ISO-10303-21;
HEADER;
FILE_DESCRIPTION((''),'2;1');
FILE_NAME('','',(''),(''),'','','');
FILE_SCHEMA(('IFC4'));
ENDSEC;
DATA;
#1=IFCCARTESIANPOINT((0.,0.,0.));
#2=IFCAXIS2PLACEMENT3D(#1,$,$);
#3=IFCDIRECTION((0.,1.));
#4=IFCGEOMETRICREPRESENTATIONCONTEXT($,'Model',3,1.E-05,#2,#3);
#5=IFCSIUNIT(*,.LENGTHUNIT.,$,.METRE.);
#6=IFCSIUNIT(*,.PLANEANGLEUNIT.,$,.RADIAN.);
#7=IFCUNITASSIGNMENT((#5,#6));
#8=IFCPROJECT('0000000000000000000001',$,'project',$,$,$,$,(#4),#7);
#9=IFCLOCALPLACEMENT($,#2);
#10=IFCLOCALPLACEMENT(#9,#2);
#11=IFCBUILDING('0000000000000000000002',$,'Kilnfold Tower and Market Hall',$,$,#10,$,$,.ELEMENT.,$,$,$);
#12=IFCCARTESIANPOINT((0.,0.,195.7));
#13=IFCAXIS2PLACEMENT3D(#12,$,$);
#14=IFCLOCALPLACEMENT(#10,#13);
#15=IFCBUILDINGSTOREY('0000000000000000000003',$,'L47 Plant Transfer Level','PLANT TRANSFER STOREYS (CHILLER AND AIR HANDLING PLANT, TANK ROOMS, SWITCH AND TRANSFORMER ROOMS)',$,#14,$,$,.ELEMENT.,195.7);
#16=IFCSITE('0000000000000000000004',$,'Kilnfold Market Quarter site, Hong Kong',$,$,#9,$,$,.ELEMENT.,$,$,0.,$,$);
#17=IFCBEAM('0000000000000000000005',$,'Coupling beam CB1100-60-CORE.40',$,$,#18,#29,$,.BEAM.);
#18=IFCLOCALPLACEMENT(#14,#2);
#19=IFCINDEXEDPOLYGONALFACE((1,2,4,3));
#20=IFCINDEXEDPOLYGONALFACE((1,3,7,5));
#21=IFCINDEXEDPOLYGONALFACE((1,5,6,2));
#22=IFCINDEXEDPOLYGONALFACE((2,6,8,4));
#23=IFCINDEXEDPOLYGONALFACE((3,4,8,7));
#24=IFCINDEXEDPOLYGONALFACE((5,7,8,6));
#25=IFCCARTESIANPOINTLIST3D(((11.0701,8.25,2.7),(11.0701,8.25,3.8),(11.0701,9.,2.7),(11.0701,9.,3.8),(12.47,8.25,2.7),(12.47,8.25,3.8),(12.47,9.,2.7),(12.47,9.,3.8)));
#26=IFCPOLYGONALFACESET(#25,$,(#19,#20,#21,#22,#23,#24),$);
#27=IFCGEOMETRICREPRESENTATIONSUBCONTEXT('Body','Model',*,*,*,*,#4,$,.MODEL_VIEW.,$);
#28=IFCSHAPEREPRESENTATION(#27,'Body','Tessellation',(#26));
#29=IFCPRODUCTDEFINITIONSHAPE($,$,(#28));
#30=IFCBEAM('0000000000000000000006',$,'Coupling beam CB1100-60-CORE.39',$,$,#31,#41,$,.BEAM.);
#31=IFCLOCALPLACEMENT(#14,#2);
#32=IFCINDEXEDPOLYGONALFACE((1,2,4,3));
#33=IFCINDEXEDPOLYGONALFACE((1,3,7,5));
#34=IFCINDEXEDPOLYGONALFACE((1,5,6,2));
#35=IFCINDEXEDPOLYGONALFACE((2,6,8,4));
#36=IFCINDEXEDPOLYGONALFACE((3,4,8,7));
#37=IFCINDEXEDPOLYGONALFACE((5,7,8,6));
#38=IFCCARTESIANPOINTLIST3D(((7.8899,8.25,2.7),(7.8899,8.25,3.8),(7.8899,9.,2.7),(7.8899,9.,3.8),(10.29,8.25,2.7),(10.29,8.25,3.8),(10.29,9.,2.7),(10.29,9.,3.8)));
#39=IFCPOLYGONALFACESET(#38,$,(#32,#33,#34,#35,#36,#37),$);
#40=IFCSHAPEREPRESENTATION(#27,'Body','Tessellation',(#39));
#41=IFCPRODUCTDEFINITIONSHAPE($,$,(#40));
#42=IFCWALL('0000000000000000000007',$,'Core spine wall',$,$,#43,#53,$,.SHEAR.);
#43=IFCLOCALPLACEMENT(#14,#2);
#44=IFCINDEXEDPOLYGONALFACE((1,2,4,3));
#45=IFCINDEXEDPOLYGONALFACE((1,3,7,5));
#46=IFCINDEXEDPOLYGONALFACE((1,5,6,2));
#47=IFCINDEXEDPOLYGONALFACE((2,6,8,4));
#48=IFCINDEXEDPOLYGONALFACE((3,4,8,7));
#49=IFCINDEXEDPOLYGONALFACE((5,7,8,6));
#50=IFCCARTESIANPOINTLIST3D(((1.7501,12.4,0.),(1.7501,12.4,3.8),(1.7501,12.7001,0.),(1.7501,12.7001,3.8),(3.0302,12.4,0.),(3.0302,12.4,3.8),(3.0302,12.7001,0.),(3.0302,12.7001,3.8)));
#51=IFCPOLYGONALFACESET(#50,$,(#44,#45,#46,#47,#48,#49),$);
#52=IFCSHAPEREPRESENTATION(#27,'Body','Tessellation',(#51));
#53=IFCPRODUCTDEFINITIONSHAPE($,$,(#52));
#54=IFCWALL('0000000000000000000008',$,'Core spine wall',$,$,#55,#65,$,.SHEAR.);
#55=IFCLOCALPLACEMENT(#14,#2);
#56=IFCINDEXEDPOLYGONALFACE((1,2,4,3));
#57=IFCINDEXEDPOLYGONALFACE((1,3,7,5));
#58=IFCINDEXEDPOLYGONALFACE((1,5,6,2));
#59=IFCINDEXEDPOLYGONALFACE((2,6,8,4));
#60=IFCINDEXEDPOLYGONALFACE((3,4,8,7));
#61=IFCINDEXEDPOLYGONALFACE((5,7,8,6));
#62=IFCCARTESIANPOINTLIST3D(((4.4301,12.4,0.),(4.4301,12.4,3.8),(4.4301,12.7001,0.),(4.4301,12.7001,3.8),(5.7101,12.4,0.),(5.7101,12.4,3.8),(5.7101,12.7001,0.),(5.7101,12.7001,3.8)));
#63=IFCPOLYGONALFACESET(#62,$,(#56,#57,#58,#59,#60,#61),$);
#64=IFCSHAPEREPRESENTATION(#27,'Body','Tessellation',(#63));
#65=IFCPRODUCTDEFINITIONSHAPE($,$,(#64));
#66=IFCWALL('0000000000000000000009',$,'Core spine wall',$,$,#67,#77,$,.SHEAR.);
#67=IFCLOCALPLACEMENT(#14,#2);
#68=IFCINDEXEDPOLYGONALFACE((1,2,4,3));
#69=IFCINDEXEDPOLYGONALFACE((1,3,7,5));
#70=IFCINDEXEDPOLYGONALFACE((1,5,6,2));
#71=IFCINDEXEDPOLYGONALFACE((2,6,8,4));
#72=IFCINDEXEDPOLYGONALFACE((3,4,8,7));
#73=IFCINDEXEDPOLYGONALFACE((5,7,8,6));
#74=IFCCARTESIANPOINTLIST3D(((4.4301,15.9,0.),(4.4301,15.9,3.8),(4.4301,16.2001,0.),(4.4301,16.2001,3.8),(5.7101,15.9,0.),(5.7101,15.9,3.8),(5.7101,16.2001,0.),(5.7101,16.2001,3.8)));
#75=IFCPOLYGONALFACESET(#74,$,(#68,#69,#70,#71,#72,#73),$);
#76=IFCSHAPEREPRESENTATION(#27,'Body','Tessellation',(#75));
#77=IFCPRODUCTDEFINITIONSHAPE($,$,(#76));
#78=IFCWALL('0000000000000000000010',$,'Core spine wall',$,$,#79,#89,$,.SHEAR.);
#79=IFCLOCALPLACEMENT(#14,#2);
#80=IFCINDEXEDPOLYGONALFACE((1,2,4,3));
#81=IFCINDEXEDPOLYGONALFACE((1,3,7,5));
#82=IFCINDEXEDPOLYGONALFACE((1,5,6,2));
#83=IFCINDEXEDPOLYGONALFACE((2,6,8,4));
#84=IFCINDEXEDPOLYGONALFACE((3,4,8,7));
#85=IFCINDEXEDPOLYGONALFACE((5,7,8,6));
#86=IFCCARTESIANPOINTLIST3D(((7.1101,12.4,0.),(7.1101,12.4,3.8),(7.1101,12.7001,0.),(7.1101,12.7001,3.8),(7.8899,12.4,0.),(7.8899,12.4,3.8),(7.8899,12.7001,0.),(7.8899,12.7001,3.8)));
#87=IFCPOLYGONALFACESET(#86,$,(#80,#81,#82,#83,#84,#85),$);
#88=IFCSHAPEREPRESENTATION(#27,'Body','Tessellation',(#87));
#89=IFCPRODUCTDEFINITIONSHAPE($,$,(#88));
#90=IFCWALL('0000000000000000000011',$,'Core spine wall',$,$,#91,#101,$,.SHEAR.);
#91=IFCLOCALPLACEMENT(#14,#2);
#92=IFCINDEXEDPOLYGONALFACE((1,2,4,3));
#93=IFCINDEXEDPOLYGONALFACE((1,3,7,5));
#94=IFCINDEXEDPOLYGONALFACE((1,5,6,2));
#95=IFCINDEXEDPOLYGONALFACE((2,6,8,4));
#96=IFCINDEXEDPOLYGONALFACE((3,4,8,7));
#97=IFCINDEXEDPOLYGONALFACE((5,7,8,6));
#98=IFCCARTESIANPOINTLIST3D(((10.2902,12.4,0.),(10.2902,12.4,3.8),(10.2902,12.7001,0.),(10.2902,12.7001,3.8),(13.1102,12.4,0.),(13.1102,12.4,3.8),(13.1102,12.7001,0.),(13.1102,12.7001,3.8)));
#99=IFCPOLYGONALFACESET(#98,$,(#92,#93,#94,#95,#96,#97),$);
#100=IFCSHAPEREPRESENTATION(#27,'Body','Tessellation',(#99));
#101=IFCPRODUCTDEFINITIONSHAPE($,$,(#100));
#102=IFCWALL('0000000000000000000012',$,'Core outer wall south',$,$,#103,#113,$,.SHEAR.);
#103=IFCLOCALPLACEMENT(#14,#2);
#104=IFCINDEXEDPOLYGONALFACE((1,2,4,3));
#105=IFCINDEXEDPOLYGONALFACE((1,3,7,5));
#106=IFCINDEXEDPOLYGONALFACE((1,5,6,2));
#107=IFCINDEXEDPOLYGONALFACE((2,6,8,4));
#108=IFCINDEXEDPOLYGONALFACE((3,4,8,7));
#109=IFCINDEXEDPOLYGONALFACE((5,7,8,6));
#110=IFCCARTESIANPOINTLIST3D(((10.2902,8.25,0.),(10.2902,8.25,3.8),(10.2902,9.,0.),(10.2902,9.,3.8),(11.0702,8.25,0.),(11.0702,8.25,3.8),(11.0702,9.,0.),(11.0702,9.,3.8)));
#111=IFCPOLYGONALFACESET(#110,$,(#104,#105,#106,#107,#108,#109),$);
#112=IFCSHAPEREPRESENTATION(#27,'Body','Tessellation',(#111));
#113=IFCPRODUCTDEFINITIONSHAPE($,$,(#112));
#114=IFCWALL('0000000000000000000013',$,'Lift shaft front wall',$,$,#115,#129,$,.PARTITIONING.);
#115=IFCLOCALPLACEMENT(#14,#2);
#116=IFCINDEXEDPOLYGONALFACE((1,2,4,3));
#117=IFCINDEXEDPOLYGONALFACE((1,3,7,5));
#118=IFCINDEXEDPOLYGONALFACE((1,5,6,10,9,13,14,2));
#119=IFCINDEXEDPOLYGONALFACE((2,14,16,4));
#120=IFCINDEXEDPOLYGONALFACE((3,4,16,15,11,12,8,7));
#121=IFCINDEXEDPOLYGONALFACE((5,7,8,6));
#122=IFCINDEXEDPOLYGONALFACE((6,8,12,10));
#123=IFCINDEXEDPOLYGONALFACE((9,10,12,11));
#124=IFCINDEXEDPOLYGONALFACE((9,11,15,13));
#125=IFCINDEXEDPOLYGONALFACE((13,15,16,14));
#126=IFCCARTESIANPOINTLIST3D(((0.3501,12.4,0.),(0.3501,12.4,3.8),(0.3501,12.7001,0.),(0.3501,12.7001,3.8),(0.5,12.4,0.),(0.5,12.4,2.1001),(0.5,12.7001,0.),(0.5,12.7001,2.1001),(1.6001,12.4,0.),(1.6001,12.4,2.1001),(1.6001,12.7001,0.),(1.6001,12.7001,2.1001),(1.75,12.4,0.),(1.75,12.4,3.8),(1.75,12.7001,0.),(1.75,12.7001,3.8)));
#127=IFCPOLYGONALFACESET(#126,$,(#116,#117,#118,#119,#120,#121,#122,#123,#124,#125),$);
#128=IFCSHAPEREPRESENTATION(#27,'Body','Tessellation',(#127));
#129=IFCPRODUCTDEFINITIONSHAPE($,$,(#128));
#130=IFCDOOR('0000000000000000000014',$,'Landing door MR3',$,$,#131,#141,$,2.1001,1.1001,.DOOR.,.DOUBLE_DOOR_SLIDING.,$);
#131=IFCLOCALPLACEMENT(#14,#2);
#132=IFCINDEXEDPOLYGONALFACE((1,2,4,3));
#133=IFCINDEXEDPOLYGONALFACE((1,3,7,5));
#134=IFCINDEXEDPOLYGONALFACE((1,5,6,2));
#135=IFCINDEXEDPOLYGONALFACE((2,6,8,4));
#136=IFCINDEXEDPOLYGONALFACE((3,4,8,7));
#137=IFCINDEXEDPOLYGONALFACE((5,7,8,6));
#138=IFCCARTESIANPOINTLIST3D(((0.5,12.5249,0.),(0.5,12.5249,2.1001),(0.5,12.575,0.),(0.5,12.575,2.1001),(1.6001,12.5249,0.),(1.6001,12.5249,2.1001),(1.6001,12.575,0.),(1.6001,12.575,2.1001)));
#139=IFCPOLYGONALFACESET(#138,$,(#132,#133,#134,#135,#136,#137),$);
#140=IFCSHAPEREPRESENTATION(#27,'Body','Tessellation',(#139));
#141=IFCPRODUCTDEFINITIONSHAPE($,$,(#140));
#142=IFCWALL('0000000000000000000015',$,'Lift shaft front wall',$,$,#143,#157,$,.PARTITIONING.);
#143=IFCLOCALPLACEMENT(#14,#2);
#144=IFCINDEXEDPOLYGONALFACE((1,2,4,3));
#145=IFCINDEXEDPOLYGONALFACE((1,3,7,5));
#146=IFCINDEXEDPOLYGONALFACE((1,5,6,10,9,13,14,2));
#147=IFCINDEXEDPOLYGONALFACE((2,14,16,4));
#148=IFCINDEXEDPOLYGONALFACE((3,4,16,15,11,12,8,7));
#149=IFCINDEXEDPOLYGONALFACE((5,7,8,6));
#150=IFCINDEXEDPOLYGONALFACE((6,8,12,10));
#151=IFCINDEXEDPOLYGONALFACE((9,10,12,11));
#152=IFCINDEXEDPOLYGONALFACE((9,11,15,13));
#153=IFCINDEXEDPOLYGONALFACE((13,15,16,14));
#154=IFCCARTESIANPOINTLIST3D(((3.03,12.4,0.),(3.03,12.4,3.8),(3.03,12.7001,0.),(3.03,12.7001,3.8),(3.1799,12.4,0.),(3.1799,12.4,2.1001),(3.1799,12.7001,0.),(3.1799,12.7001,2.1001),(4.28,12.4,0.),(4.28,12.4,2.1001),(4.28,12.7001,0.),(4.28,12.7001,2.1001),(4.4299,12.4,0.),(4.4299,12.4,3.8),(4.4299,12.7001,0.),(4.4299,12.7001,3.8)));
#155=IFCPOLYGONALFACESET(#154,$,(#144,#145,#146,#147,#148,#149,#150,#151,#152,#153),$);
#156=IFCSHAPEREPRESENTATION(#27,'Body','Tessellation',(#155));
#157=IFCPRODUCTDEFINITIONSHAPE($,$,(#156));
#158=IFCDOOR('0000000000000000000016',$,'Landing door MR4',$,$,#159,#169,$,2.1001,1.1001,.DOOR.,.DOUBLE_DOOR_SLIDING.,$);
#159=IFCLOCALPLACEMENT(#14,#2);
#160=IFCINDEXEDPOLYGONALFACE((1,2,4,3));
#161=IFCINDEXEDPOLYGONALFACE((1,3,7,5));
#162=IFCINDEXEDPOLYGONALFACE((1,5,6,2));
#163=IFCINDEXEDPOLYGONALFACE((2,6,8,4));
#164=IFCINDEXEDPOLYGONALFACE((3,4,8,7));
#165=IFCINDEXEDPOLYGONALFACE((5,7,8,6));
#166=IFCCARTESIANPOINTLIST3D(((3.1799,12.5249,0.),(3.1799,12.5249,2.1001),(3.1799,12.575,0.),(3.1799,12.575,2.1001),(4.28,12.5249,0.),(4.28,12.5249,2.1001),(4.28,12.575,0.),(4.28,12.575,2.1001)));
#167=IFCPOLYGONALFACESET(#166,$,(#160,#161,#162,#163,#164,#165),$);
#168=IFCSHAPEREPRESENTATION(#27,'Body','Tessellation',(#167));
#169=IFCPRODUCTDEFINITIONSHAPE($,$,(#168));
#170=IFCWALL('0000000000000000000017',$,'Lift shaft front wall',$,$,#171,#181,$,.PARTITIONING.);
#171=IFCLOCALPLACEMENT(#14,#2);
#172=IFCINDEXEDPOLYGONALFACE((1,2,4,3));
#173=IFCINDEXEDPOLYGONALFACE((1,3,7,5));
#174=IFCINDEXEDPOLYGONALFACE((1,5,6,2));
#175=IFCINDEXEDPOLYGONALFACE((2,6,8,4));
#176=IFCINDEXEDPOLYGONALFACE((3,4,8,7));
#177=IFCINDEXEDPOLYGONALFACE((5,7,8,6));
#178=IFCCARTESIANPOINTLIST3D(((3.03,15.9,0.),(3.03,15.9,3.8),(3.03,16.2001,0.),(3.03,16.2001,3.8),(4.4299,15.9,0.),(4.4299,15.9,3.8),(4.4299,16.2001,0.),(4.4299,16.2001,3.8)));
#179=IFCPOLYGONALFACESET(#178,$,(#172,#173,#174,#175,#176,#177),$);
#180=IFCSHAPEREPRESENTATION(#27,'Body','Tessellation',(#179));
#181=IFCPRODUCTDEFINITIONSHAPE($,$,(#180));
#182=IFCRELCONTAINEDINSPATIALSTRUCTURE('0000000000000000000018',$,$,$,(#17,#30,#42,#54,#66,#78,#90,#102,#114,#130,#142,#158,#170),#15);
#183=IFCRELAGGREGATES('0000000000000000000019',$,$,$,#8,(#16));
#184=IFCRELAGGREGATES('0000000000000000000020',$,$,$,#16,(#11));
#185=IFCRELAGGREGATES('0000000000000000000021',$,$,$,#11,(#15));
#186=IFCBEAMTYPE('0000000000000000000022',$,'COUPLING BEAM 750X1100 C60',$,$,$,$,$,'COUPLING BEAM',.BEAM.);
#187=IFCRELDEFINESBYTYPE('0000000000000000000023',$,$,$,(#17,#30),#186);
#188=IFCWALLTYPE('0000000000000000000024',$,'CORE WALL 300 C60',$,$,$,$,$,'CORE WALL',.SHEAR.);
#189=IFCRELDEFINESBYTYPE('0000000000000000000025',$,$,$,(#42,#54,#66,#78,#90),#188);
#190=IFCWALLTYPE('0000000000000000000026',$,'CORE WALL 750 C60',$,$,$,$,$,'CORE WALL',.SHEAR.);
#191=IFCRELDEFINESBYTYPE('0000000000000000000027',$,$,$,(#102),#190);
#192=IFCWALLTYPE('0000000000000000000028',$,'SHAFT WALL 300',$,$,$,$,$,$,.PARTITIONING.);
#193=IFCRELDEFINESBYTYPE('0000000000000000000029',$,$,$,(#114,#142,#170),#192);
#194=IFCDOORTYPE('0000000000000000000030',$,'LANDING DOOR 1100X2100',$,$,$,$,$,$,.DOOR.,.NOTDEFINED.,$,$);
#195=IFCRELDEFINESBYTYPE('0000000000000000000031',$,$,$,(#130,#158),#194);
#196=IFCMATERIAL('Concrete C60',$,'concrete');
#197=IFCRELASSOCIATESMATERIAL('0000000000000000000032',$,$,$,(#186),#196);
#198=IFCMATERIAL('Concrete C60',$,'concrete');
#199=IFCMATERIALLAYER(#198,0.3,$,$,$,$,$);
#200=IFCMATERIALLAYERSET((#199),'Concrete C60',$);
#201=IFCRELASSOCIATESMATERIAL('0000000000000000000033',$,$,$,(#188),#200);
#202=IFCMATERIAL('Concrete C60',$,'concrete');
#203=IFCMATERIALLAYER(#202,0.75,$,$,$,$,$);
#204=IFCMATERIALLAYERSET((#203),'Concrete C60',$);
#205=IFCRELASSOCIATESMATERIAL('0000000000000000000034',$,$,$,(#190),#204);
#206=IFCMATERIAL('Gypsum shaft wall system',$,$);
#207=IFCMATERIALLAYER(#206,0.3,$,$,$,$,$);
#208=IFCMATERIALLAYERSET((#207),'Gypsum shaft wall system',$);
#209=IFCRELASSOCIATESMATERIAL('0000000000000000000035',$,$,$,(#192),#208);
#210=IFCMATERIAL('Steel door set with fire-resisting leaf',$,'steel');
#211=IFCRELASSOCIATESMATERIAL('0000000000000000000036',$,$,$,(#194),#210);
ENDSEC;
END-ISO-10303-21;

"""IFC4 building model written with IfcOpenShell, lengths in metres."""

from ifc_helpers import new_model, si_unit, direction, frame, frame_2d, origin, origin_2d, place, context, subcontext, project, spatial, rectangle, extrude, source, transform, mapped, material, layer, layer_set, material_profile, profile_set, type_object, element, fill, save


model = new_model("IFC4")

# Units and contexts
model_context = context("Model", 3, precision=1e-05, world=origin(), true_north=direction((0.0, 1.0)))
body_context = subcontext(model_context, "Body", "Model", "MODEL_VIEW")
ifc_project = project(units=[si_unit("LENGTHUNIT", "METRE"), si_unit("PLANEANGLEUNIT", "RADIAN")], contexts=[model_context])

# Site, building, storey
site_placement = place(None, origin())
site = spatial("IfcSite", under=ifc_project, at=site_placement, Name="Kilnfold Market Quarter site, Hong Kong", CompositionType="ELEMENT", RefElevation=0.0)
building_placement = place(site_placement, origin())
building = spatial("IfcBuilding", under=site, at=building_placement, Name="Kilnfold Tower and Market Hall", CompositionType="ELEMENT")
storey_placement = place(building_placement, frame((0.0, 0.0, 195.7)))
storey = spatial("IfcBuildingStorey", under=building, at=storey_placement, Name="L47 Plant Transfer Level", Description="PLANT TRANSFER STOREYS (CHILLER AND AIR HANDLING PLANT, TANK ROOMS, SWITCH AND TRANSFORMER ROOMS)", CompositionType="ELEMENT", Elevation=195.7)

# Beams
ifc_material_1 = material(Name="Concrete C60", Category="concrete")
ifc_material_profile = material_profile(ifc_material_1, rectangle(XDim=0.75, YDim=1.1001, at=origin_2d()), Name="RC 750x1100")
ifc_profile_set = profile_set([ifc_material_profile], Name="Concrete C60")
beam_type = type_object("IfcBeamType", Name="COUPLING BEAM 750X1100 C60", ElementType="COUPLING BEAM", PredefinedType="BEAM", material=ifc_profile_set)
shared_shape_1 = source(origin(), body_context, "Body", "SweptSolid", [
    extrude(rectangle(XDim=0.75, YDim=1.1001, at=origin_2d()), origin(), (0.0, 0.0, 1.0), 1.3999),
])
beam_1_placement = place(storey_placement, frame((11.0701, 8.625, 3.25), z_axis=(1.0, 0.0, 0.0), x_axis=(0.0, 1.0, 0.0)))
element("IfcBeam", 1, at=beam_1_placement, inside=storey, type_object=beam_type, Name="Coupling beam CB1100-60-CORE.40", PredefinedType="BEAM", context=body_context, shape_type="MappedRepresentation", body=[
    mapped(shared_shape_1, transform((0.0, 0.0, 0.0))),
])
shared_shape_2 = source(origin(), body_context, "Body", "SweptSolid", [
    extrude(rectangle(XDim=0.75, YDim=1.1001, at=origin_2d()), origin(), (0.0, 0.0, 1.0), 2.4001),
])
beam_2_placement = place(storey_placement, frame((7.8899, 8.625, 3.25), z_axis=(1.0, 0.0, 0.0), x_axis=(0.0, 1.0, 0.0)))
element("IfcBeam", 2, at=beam_2_placement, inside=storey, type_object=beam_type, Name="Coupling beam CB1100-60-CORE.39", PredefinedType="BEAM", context=body_context, shape_type="MappedRepresentation", body=[
    mapped(shared_shape_2, transform((0.0, 0.0, 0.0))),
])

# Walls
ifc_material_2 = material(Name="Concrete C60", Category="concrete")
ifc_layer_1 = layer(ifc_material_2, 0.3)
ifc_layer_set_1 = layer_set([ifc_layer_1], Name="Concrete C60")
wall_type_1 = type_object("IfcWallType", Name="CORE WALL 300 C60", ElementType="CORE WALL", PredefinedType="SHEAR", material=ifc_layer_set_1)
shared_shape_3 = source(origin(), body_context, "Body", "SweptSolid", [
    extrude(rectangle(XDim=1.28, YDim=0.3, at=frame_2d((0.6401, 0.0))), origin(), (0.0, 0.0, 1.0), 3.8),
])
for number, where, z_axis, x_axis, name in (
    (3, (1.75, 12.55, 0.0), (0.0, 0.0, 1.0), (1.0, 0.0, 0.0), "Core spine wall"),
    (4, (4.4299, 12.55, 0.0), (0.0, 0.0, 1.0), (1.0, 0.0, 0.0), "Core spine wall"),
    (5, (4.4299, 16.05, 0.0), (0.0, 0.0, 1.0), (1.0, 0.0, 0.0), "Core spine wall"),
):
    element("IfcWall", number, at=place(storey_placement, frame(where, z_axis=z_axis, x_axis=x_axis)), inside=storey, type_object=wall_type_1, Name=name, PredefinedType="SHEAR", context=body_context, shape_type="MappedRepresentation", body=[
        mapped(shared_shape_3, transform((0.0, 0.0, 0.0))),
    ])
shared_shape_4 = source(origin(), body_context, "Body", "SweptSolid", [
    extrude(rectangle(XDim=0.7798, YDim=0.3, at=frame_2d((0.3899, 0.0))), origin(), (0.0, 0.0, 1.0), 3.8),
])
wall_1_placement = place(storey_placement, frame((7.1101, 12.55, 0.0), z_axis=(0.0, 0.0, 1.0), x_axis=(1.0, 0.0, 0.0)))
element("IfcWall", 6, at=wall_1_placement, inside=storey, type_object=wall_type_1, Name="Core spine wall", PredefinedType="SHEAR", context=body_context, shape_type="MappedRepresentation", body=[
    mapped(shared_shape_4, transform((0.0, 0.0, 0.0))),
])
shared_shape_5 = source(origin(), body_context, "Body", "SweptSolid", [
    extrude(rectangle(XDim=2.8201, YDim=0.3, at=frame_2d((1.4102, 0.0))), origin(), (0.0, 0.0, 1.0), 3.8),
])
wall_2_placement = place(storey_placement, frame((10.29, 12.55, 0.0), z_axis=(0.0, 0.0, 1.0), x_axis=(1.0, 0.0, 0.0)))
element("IfcWall", 7, at=wall_2_placement, inside=storey, type_object=wall_type_1, Name="Core spine wall", PredefinedType="SHEAR", context=body_context, shape_type="MappedRepresentation", body=[
    mapped(shared_shape_5, transform((0.0, 0.0, 0.0))),
])
ifc_material_3 = material(Name="Concrete C60", Category="concrete")
ifc_layer_2 = layer(ifc_material_3, 0.75)
ifc_layer_set_2 = layer_set([ifc_layer_2], Name="Concrete C60")
wall_type_2 = type_object("IfcWallType", Name="CORE WALL 750 C60", ElementType="CORE WALL", PredefinedType="SHEAR", material=ifc_layer_set_2)
shared_shape_6 = source(origin(), body_context, "Body", "SweptSolid", [
    extrude(rectangle(XDim=0.78, YDim=0.75, at=frame_2d((0.3901, 0.0))), origin(), (0.0, 0.0, 1.0), 3.8),
])
wall_3_placement = place(storey_placement, frame((10.29, 8.625, 0.0), z_axis=(0.0, 0.0, 1.0), x_axis=(1.0, 0.0, 0.0)))
element("IfcWall", 8, at=wall_3_placement, inside=storey, type_object=wall_type_2, Name="Core outer wall south", PredefinedType="SHEAR", context=body_context, shape_type="MappedRepresentation", body=[
    mapped(shared_shape_6, transform((0.0, 0.0, 0.0))),
])

# Walls, openings, doors
ifc_material_4 = material(Name="Gypsum shaft wall system")
ifc_layer_3 = layer(ifc_material_4, 0.3)
ifc_layer_set_3 = layer_set([ifc_layer_3], Name="Gypsum shaft wall system")
wall_type_3 = type_object("IfcWallType", Name="SHAFT WALL 300", PredefinedType="PARTITIONING", material=ifc_layer_set_3)
shared_shape_7 = source(origin(), body_context, "Body", "SweptSolid", [
    extrude(rectangle(XDim=1.3999, YDim=0.3, at=frame_2d((0.7, 0.0))), origin(), (0.0, 0.0, 1.0), 3.8),
])
wall_4_placement = place(storey_placement, frame((0.3501, 12.55, 0.0), z_axis=(0.0, 0.0, 1.0), x_axis=(1.0, 0.0, 0.0)))
wall_4 = element("IfcWall", 9, at=wall_4_placement, inside=storey, type_object=wall_type_3, Name="Lift shaft front wall", PredefinedType="PARTITIONING", context=body_context, shape_type="MappedRepresentation", body=[
    mapped(shared_shape_7, transform((0.0, 0.0, 0.0))),
])
opening_1_placement = place(wall_4_placement, frame((0.1499, 0.0, 0.0)))
opening_1 = element("IfcOpeningElement", 10, at=opening_1_placement, cuts=wall_4, PredefinedType="OPENING", context=body_context, shape_type="SweptSolid", body=[
    extrude(rectangle(XDim=1.1001, YDim=2.1001, at=frame_2d((0.55, 1.05))), frame((0.0, 0.1602, 0.0), z_axis=(0.0, -1.0, 0.0), x_axis=(1.0, 0.0, 0.0)), (0.0, 0.0, 1.0), 0.3201),
])
ifc_material_5 = material(Name="Steel door set with fire-resisting leaf", Category="steel")
door_type_1 = type_object("IfcDoorType", Name="LANDING DOOR 1100X2100", OperationType="NOTDEFINED", PredefinedType="DOOR", material=ifc_material_5)
door_1_placement = place(opening_1_placement, origin())
door_1 = element("IfcDoor", 11, at=door_1_placement, inside=storey, type_object=door_type_1, Name="Landing door MR3", OperationType="DOUBLE_DOOR_SLIDING", OverallHeight=2.1001, OverallWidth=1.1001, PredefinedType="DOOR", context=body_context, shape_type="SweptSolid", body=[
    extrude(rectangle(XDim=1.1001, YDim=2.1001, at=frame_2d((0.55, 1.05))), frame((0.0, 0.0249, 0.0), z_axis=(0.0, -1.0, 0.0), x_axis=(1.0, 0.0, 0.0)), (0.0, 0.0, 1.0), 0.05),
])
fill(opening_1, door_1)
wall_5_placement = place(storey_placement, frame((3.03, 12.55, 0.0), z_axis=(0.0, 0.0, 1.0), x_axis=(1.0, 0.0, 0.0)))
wall_5 = element("IfcWall", 12, at=wall_5_placement, inside=storey, type_object=wall_type_3, Name="Lift shaft front wall", PredefinedType="PARTITIONING", context=body_context, shape_type="MappedRepresentation", body=[
    mapped(shared_shape_7, transform((0.0, 0.0, 0.0))),
])
opening_2_placement = place(wall_5_placement, frame((0.1499, 0.0, 0.0)))
opening_2 = element("IfcOpeningElement", 13, at=opening_2_placement, cuts=wall_5, PredefinedType="OPENING", context=body_context, shape_type="SweptSolid", body=[
    extrude(rectangle(XDim=1.1001, YDim=2.1001, at=frame_2d((0.55, 1.05))), frame((0.0, 0.1602, 0.0), z_axis=(0.0, -1.0, 0.0), x_axis=(1.0, 0.0, 0.0)), (0.0, 0.0, 1.0), 0.3201),
])
door_2_placement = place(opening_2_placement, origin())
door_2 = element("IfcDoor", 14, at=door_2_placement, inside=storey, type_object=door_type_1, Name="Landing door MR4", OperationType="DOUBLE_DOOR_SLIDING", OverallHeight=2.1001, OverallWidth=1.1001, PredefinedType="DOOR", context=body_context, shape_type="SweptSolid", body=[
    extrude(rectangle(XDim=1.1001, YDim=2.1001, at=frame_2d((0.55, 1.05))), frame((0.0, 0.0249, 0.0), z_axis=(0.0, -1.0, 0.0), x_axis=(1.0, 0.0, 0.0)), (0.0, 0.0, 1.0), 0.05),
])
fill(opening_2, door_2)

# Wall
wall_6_placement = place(storey_placement, frame((3.03, 16.05, 0.0), z_axis=(0.0, 0.0, 1.0), x_axis=(1.0, 0.0, 0.0)))
element("IfcWall", 15, at=wall_6_placement, inside=storey, type_object=wall_type_3, Name="Lift shaft front wall", PredefinedType="PARTITIONING", context=body_context, shape_type="MappedRepresentation", body=[
    mapped(shared_shape_7, transform((0.0, 0.0, 0.0))),
])

save(model, "model.ifc")
